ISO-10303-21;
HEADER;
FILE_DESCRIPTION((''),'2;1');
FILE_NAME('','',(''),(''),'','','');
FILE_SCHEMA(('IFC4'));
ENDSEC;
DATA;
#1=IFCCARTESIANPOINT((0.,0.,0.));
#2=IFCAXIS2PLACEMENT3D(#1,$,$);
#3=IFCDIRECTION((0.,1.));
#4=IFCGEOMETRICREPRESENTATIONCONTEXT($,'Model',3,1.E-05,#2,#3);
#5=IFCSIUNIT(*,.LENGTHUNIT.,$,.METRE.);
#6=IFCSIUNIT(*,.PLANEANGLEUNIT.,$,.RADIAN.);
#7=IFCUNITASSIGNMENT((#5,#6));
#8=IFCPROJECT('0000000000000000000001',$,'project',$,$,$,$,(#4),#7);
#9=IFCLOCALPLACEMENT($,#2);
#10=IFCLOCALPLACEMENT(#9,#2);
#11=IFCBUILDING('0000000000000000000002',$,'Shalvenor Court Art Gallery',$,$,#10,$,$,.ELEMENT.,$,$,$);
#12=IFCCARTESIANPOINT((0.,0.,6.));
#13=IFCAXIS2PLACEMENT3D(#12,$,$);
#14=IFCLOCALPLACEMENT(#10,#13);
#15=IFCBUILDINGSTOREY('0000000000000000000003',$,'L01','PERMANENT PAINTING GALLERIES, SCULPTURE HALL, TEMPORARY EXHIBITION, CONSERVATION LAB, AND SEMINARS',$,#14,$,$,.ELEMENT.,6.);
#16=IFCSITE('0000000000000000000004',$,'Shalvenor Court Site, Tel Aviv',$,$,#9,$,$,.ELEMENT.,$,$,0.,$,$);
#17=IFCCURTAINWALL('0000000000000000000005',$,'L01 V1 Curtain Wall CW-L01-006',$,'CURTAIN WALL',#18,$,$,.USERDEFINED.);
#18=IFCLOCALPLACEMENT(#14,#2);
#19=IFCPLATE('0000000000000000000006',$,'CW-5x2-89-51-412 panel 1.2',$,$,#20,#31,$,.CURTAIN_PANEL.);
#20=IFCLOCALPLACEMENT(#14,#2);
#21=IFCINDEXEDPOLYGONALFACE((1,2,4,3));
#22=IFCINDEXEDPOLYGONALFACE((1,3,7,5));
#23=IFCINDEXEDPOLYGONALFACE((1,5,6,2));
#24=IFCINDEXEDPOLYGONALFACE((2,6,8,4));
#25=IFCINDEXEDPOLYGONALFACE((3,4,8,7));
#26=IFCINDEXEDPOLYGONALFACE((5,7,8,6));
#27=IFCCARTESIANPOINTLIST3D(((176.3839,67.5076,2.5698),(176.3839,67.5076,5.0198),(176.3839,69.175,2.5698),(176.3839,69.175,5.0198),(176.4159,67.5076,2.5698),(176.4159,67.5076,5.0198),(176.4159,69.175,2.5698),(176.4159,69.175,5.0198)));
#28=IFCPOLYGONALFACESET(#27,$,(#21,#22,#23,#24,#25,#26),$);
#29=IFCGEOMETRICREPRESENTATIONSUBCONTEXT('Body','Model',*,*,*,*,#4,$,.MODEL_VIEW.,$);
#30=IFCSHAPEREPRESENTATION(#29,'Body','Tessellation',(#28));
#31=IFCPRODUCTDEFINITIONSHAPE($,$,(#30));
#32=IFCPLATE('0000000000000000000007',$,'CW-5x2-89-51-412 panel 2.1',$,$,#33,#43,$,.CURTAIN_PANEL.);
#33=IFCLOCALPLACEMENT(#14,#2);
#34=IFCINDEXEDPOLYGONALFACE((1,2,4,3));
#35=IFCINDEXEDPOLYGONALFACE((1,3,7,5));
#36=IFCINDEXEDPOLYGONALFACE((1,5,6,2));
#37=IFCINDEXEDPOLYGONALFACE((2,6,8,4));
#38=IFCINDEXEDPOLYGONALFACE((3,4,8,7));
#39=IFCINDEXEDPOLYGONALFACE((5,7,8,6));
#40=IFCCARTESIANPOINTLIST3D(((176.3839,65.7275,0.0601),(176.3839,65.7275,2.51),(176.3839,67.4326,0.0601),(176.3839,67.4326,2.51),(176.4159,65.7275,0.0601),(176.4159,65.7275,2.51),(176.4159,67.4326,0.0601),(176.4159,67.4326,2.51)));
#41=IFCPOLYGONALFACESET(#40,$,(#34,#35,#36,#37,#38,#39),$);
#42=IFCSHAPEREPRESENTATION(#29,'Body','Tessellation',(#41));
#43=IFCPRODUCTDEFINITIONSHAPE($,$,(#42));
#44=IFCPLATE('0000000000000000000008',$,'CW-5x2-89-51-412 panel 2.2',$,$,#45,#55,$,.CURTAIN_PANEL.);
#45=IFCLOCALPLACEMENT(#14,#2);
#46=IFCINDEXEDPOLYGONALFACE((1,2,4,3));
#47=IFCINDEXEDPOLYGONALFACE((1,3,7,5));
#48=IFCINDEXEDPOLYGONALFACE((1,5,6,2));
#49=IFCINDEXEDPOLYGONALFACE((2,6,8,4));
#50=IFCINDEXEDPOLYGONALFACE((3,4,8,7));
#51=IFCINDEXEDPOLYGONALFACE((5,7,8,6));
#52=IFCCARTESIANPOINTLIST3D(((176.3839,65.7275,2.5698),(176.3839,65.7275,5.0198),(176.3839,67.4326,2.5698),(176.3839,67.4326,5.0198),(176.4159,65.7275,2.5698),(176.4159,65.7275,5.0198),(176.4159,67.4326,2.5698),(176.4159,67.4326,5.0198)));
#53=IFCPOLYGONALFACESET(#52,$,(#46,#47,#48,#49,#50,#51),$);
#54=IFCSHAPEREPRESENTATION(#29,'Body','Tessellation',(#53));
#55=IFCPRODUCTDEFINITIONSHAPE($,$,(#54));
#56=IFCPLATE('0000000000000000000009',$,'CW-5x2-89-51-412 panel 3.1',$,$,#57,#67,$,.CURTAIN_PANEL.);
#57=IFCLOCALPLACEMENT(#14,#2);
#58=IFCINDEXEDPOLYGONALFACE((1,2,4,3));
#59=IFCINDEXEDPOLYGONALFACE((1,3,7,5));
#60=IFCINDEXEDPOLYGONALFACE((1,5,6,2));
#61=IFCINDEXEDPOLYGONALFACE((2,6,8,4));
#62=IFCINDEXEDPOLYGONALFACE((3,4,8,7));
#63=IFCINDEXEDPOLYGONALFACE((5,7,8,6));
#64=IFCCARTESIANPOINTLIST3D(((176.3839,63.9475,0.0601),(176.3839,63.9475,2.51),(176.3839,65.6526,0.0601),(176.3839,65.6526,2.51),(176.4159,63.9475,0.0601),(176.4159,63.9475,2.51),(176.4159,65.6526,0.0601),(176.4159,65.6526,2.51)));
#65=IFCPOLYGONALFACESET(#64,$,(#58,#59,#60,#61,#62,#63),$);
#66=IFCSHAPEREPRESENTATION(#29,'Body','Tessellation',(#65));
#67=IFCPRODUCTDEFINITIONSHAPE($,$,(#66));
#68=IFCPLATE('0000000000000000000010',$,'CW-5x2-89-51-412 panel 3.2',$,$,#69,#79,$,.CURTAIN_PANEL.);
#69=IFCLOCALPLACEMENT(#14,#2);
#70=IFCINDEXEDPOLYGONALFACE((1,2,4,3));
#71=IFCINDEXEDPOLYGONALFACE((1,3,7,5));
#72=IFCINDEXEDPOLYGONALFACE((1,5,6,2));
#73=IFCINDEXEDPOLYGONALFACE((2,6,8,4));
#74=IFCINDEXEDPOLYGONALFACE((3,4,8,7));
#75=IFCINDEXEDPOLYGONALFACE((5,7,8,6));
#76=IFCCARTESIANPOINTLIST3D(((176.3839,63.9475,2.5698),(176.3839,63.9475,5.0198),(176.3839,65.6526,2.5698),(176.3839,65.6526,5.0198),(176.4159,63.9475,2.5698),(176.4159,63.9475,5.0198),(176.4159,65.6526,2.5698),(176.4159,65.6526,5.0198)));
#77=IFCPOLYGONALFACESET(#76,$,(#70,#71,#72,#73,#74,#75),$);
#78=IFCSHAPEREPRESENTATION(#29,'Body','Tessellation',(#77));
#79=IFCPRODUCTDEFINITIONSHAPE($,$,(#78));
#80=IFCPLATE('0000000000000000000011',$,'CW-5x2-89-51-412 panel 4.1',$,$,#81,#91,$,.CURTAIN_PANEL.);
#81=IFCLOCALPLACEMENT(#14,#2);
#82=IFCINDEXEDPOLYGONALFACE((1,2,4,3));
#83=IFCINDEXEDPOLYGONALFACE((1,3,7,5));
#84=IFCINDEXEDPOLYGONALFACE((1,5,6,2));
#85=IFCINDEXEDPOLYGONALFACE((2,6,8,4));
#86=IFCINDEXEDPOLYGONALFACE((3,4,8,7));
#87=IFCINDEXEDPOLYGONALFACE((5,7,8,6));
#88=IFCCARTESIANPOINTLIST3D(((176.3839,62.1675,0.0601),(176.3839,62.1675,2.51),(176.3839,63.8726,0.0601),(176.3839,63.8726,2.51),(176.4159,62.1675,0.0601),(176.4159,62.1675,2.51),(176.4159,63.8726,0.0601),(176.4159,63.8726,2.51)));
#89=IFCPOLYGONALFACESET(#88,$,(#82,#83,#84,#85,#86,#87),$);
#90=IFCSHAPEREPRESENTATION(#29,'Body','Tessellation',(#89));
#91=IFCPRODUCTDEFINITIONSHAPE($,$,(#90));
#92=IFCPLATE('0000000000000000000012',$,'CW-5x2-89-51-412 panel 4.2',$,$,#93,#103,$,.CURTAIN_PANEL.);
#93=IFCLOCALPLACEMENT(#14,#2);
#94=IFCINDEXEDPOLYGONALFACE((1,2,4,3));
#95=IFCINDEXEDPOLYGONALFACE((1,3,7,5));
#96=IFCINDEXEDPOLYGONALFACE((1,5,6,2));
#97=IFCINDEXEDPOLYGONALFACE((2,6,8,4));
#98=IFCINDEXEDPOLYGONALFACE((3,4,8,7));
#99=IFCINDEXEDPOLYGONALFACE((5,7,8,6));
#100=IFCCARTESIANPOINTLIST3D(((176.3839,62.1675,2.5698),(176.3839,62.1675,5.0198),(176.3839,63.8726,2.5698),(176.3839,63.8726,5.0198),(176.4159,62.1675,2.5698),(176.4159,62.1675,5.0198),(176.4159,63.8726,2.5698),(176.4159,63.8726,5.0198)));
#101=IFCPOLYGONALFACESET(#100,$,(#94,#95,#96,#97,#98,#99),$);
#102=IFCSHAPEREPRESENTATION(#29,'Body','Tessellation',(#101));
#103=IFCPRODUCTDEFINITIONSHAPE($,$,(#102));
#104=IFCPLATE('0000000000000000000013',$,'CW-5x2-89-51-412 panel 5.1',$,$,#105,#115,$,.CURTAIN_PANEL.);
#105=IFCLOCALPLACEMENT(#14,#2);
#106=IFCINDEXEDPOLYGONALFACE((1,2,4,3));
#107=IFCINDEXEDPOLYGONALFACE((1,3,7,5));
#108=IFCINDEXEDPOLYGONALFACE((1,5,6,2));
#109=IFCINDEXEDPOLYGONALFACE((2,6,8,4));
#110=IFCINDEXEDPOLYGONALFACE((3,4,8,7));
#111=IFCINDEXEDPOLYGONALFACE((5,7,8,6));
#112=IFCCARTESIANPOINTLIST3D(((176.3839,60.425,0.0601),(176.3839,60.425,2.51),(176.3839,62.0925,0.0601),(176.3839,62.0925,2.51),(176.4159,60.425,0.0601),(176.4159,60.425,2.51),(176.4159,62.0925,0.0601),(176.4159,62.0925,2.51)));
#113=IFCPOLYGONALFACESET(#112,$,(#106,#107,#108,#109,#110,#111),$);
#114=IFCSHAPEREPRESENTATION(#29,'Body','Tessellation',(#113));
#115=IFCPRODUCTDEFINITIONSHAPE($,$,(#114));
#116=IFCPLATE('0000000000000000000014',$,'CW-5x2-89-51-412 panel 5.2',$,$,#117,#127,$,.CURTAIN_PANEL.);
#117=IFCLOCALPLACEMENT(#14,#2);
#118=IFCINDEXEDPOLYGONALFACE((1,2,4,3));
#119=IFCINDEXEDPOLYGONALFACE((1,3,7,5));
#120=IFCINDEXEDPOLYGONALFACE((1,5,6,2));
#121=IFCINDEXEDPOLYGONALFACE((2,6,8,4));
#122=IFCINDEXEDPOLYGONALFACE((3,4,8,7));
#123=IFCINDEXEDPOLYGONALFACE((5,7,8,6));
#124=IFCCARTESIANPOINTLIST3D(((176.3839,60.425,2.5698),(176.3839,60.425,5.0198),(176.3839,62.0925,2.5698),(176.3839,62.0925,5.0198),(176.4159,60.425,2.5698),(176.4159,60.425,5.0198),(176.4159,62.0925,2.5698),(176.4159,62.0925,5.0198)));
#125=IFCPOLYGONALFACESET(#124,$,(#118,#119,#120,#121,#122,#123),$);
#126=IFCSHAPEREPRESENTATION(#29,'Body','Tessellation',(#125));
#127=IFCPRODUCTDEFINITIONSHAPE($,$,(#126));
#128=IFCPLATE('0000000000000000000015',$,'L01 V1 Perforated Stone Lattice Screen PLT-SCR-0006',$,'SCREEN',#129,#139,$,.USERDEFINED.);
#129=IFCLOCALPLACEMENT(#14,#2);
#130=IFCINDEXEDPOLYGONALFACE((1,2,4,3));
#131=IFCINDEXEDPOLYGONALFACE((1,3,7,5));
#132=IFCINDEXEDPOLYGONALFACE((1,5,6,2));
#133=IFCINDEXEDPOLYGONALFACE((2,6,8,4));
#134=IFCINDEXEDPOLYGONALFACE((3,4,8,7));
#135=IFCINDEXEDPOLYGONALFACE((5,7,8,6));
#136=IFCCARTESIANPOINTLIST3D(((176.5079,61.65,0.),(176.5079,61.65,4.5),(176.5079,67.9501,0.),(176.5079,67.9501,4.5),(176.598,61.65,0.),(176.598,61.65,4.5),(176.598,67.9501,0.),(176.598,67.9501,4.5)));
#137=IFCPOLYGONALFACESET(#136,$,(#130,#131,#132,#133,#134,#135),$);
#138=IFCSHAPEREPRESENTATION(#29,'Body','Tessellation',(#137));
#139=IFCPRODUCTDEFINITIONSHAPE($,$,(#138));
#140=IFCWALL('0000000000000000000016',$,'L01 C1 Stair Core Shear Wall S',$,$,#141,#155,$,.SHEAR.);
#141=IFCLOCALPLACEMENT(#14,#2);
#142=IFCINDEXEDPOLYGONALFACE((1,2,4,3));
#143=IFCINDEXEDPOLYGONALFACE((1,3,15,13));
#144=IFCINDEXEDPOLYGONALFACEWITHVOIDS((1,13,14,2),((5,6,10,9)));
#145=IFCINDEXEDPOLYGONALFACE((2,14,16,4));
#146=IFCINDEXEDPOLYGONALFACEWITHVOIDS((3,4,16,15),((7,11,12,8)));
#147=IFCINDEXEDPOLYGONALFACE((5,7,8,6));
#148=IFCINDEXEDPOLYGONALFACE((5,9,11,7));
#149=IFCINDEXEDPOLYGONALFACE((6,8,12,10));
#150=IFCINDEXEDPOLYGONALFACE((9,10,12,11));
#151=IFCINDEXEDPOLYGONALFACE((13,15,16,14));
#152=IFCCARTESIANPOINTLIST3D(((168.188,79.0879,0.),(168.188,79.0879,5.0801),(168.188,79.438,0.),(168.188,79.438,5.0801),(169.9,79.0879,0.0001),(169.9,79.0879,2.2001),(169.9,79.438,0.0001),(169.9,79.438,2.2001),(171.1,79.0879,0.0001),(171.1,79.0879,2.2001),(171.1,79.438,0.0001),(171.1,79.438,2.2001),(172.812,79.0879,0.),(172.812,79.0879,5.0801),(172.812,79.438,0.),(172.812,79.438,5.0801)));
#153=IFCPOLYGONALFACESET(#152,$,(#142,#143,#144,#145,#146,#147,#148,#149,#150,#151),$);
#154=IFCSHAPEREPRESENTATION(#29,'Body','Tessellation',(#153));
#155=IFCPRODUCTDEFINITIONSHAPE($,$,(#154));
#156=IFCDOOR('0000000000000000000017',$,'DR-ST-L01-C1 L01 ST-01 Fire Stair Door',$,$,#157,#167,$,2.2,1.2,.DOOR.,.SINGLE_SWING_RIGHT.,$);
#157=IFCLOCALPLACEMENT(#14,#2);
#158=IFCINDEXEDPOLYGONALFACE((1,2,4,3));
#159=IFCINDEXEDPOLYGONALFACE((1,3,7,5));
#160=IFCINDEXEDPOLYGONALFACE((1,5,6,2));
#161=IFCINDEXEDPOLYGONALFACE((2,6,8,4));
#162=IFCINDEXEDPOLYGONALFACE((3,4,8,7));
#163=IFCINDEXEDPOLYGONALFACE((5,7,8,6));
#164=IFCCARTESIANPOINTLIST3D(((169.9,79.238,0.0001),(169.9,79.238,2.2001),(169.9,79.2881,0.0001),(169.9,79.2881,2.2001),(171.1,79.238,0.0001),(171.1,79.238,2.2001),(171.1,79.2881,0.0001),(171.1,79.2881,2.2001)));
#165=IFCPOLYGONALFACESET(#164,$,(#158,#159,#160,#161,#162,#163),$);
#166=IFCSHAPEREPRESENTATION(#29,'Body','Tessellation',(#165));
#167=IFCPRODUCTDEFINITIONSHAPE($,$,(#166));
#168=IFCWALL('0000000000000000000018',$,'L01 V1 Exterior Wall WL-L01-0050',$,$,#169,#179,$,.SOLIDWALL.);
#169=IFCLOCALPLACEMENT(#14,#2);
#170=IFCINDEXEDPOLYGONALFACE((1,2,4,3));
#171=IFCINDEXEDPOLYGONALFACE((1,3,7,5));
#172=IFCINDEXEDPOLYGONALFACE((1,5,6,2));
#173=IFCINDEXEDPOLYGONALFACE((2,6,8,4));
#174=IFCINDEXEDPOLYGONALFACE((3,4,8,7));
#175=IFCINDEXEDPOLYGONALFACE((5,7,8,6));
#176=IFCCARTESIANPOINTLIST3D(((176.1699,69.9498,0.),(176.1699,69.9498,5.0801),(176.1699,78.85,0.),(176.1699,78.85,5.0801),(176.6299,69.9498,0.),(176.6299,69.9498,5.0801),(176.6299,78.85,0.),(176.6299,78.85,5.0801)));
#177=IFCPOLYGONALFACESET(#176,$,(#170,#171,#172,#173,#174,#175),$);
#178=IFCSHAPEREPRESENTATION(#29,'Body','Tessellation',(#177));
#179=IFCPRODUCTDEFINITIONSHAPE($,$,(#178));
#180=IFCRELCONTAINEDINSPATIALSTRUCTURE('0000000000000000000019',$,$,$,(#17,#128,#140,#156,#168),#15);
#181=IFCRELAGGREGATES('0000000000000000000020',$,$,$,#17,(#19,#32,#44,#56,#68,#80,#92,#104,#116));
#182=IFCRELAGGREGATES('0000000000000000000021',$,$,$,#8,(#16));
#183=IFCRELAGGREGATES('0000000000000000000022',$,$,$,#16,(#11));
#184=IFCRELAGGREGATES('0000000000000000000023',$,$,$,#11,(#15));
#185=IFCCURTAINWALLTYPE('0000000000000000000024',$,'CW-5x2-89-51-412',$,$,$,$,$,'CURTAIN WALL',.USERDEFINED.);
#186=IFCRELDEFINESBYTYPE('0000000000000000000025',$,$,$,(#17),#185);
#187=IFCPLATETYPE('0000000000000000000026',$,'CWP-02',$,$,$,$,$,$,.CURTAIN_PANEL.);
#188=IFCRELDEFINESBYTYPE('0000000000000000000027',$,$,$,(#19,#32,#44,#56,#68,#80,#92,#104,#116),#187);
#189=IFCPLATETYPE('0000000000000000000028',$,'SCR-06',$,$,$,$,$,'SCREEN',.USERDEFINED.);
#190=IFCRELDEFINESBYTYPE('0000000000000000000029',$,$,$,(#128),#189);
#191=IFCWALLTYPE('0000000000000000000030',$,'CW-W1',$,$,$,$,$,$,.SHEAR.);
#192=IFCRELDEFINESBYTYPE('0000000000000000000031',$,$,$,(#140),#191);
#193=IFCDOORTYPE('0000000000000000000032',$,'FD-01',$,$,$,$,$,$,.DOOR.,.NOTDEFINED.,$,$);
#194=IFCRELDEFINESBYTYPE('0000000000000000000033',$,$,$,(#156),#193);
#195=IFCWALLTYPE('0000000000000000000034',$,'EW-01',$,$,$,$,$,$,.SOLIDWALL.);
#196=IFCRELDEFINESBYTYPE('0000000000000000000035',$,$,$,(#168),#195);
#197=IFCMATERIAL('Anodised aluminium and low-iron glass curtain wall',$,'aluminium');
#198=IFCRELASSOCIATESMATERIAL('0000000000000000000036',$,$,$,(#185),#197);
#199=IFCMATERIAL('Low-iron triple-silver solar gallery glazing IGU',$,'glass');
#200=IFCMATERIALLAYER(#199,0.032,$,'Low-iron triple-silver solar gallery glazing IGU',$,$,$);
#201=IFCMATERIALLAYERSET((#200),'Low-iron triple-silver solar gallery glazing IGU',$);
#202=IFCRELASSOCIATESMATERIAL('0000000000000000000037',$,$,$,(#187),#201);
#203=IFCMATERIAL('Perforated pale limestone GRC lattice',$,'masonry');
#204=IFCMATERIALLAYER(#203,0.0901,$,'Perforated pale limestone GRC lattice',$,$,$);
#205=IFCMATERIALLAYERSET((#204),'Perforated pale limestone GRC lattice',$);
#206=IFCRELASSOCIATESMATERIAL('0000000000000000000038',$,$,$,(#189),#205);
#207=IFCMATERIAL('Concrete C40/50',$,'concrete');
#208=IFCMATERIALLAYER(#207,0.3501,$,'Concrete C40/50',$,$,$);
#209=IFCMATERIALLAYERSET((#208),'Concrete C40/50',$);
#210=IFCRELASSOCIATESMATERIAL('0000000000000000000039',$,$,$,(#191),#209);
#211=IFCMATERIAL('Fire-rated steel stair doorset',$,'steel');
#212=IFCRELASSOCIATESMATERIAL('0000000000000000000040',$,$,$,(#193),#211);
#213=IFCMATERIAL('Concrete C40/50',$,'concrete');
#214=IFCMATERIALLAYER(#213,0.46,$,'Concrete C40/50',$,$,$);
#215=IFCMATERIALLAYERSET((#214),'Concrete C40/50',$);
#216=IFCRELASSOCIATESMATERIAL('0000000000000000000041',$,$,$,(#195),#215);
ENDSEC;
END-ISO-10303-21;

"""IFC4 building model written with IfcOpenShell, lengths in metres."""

from ifc_helpers import new_model, si_unit, direction, frame, frame_2d, origin, origin_2d, place, context, subcontext, project, spatial, rectangle, extrude, material, layer, layer_set, type_object, element, fill, aggregate, save


model = new_model("IFC4")

# Units and contexts
model_context = context("Model", 3, precision=1e-05, world=origin(), true_north=direction((0.0, 1.0)))
body_context = subcontext(model_context, "Body", "Model", "MODEL_VIEW")
ifc_project = project(units=[si_unit("LENGTHUNIT", "METRE"), si_unit("PLANEANGLEUNIT", "RADIAN")], contexts=[model_context])

# Site, building, storey
site_placement = place(None, origin())
site = spatial("IfcSite", under=ifc_project, at=site_placement, Name="Shalvenor Court Site, Tel Aviv", CompositionType="ELEMENT", RefElevation=0.0)
building_placement = place(site_placement, origin())
building = spatial("IfcBuilding", under=site, at=building_placement, Name="Shalvenor Court Art Gallery", CompositionType="ELEMENT")
storey_placement = place(building_placement, frame((0.0, 0.0, 6.0)))
storey = spatial("IfcBuildingStorey", under=building, at=storey_placement, Name="L01", Description="PERMANENT PAINTING GALLERIES, SCULPTURE HALL, TEMPORARY EXHIBITION, CONSERVATION LAB, AND SEMINARS", CompositionType="ELEMENT", Elevation=6.0)

# Curtain wall, plates
ifc_material_1 = material(Name="Anodised aluminium and low-iron glass curtain wall", Category="aluminium")
curtain_wall_type = type_object("IfcCurtainWallType", Name="CW-5x2-89-51-412", ElementType="CURTAIN WALL", PredefinedType="USERDEFINED", material=ifc_material_1)
curtain_wall_placement = place(storey_placement, origin())
curtain_wall = element("IfcCurtainWall", 1, at=curtain_wall_placement, inside=storey, type_object=curtain_wall_type, Name="L01 V1 Curtain Wall CW-L01-006", ObjectType="CURTAIN WALL", PredefinedType="USERDEFINED")
ifc_material_2 = material(Name="Low-iron triple-silver solar gallery glazing IGU", Category="glass")
ifc_layer_1 = layer(ifc_material_2, 0.032, Name="Low-iron triple-silver solar gallery glazing IGU")
ifc_layer_set_1 = layer_set([ifc_layer_1], Name="Low-iron triple-silver solar gallery glazing IGU")
plate_type_1 = type_object("IfcPlateType", Name="CWP-02", PredefinedType="CURTAIN_PANEL", material=ifc_layer_set_1)
plate_1_placement = place(storey_placement, frame((176.3999, 68.3413, 2.5698), z_axis=(0.0, 0.0, 1.0), x_axis=(0.0, -1.0, 0.0)))
plate_1 = element("IfcPlate", 2, at=plate_1_placement, type_object=plate_type_1, Name="CW-5x2-89-51-412 panel 1.2", PredefinedType="CURTAIN_PANEL", context=body_context, shape_type="SweptSolid", body=[
    extrude(rectangle(XDim=1.6675, YDim=0.032, at=origin_2d()), origin(), (0.0, 0.0, 1.0), 2.45),
])
plate_2_placement = place(storey_placement, frame((176.3999, 66.5801, 0.0601), z_axis=(0.0, 0.0, 1.0), x_axis=(0.0, -1.0, 0.0)))
plate_2 = element("IfcPlate", 3, at=plate_2_placement, type_object=plate_type_1, Name="CW-5x2-89-51-412 panel 2.1", PredefinedType="CURTAIN_PANEL", context=body_context, shape_type="SweptSolid", body=[
    extrude(rectangle(XDim=1.7051, YDim=0.032, at=origin_2d()), origin(), (0.0, 0.0, 1.0), 2.45),
])
plate_3_placement = place(storey_placement, frame((176.3999, 66.5801, 2.5698), z_axis=(0.0, 0.0, 1.0), x_axis=(0.0, -1.0, 0.0)))
plate_3 = element("IfcPlate", 4, at=plate_3_placement, type_object=plate_type_1, Name="CW-5x2-89-51-412 panel 2.2", PredefinedType="CURTAIN_PANEL", context=body_context, shape_type="SweptSolid", body=[
    extrude(rectangle(XDim=1.7051, YDim=0.032, at=origin_2d()), origin(), (0.0, 0.0, 1.0), 2.45),
])
plate_4_placement = place(storey_placement, frame((176.3999, 64.8, 0.0601), z_axis=(0.0, 0.0, 1.0), x_axis=(0.0, -1.0, 0.0)))
plate_4 = element("IfcPlate", 5, at=plate_4_placement, type_object=plate_type_1, Name="CW-5x2-89-51-412 panel 3.1", PredefinedType="CURTAIN_PANEL", context=body_context, shape_type="SweptSolid", body=[
    extrude(rectangle(XDim=1.7051, YDim=0.032, at=origin_2d()), origin(), (0.0, 0.0, 1.0), 2.45),
])
plate_5_placement = place(storey_placement, frame((176.3999, 64.8, 2.5698), z_axis=(0.0, 0.0, 1.0), x_axis=(0.0, -1.0, 0.0)))
plate_5 = element("IfcPlate", 6, at=plate_5_placement, type_object=plate_type_1, Name="CW-5x2-89-51-412 panel 3.2", PredefinedType="CURTAIN_PANEL", context=body_context, shape_type="SweptSolid", body=[
    extrude(rectangle(XDim=1.7051, YDim=0.032, at=origin_2d()), origin(), (0.0, 0.0, 1.0), 2.45),
])
plate_6_placement = place(storey_placement, frame((176.3999, 63.02, 0.0601), z_axis=(0.0, 0.0, 1.0), x_axis=(0.0, -1.0, 0.0)))
plate_6 = element("IfcPlate", 7, at=plate_6_placement, type_object=plate_type_1, Name="CW-5x2-89-51-412 panel 4.1", PredefinedType="CURTAIN_PANEL", context=body_context, shape_type="SweptSolid", body=[
    extrude(rectangle(XDim=1.7051, YDim=0.032, at=origin_2d()), origin(), (0.0, 0.0, 1.0), 2.45),
])
plate_7_placement = place(storey_placement, frame((176.3999, 63.02, 2.5698), z_axis=(0.0, 0.0, 1.0), x_axis=(0.0, -1.0, 0.0)))
plate_7 = element("IfcPlate", 8, at=plate_7_placement, type_object=plate_type_1, Name="CW-5x2-89-51-412 panel 4.2", PredefinedType="CURTAIN_PANEL", context=body_context, shape_type="SweptSolid", body=[
    extrude(rectangle(XDim=1.7051, YDim=0.032, at=origin_2d()), origin(), (0.0, 0.0, 1.0), 2.45),
])
plate_8_placement = place(storey_placement, frame((176.3999, 61.2588, 0.0601), z_axis=(0.0, 0.0, 1.0), x_axis=(0.0, -1.0, 0.0)))
plate_8 = element("IfcPlate", 9, at=plate_8_placement, type_object=plate_type_1, Name="CW-5x2-89-51-412 panel 5.1", PredefinedType="CURTAIN_PANEL", context=body_context, shape_type="SweptSolid", body=[
    extrude(rectangle(XDim=1.6675, YDim=0.032, at=origin_2d()), origin(), (0.0, 0.0, 1.0), 2.45),
])
plate_9_placement = place(storey_placement, frame((176.3999, 61.2588, 2.5698), z_axis=(0.0, 0.0, 1.0), x_axis=(0.0, -1.0, 0.0)))
plate_9 = element("IfcPlate", 10, at=plate_9_placement, type_object=plate_type_1, Name="CW-5x2-89-51-412 panel 5.2", PredefinedType="CURTAIN_PANEL", context=body_context, shape_type="SweptSolid", body=[
    extrude(rectangle(XDim=1.6675, YDim=0.032, at=origin_2d()), origin(), (0.0, 0.0, 1.0), 2.45),
])
aggregate(curtain_wall, [plate_1, plate_2, plate_3, plate_4, plate_5, plate_6, plate_7, plate_8, plate_9])

# Plate
ifc_material_3 = material(Name="Perforated pale limestone GRC lattice", Category="masonry")
ifc_layer_2 = layer(ifc_material_3, 0.0901, Name="Perforated pale limestone GRC lattice")
ifc_layer_set_2 = layer_set([ifc_layer_2], Name="Perforated pale limestone GRC lattice")
plate_type_2 = type_object("IfcPlateType", Name="SCR-06", ElementType="SCREEN", PredefinedType="USERDEFINED", material=ifc_layer_set_2)
plate_10_placement = place(storey_placement, frame((176.553, 64.8, 0.0), z_axis=(0.0, 0.0, 1.0), x_axis=(0.0, -1.0, 0.0)))
element("IfcPlate", 11, at=plate_10_placement, inside=storey, type_object=plate_type_2, Name="L01 V1 Perforated Stone Lattice Screen PLT-SCR-0006", ObjectType="SCREEN", PredefinedType="USERDEFINED", context=body_context, shape_type="SweptSolid", body=[
    extrude(rectangle(XDim=6.3, YDim=0.0901, at=origin_2d()), origin(), (0.0, 0.0, 1.0), 4.5),
])

# Wall, opening, door
ifc_material_4 = material(Name="Concrete C40/50", Category="concrete")
ifc_layer_3 = layer(ifc_material_4, 0.3501, Name="Concrete C40/50")
ifc_layer_set_3 = layer_set([ifc_layer_3], Name="Concrete C40/50")
wall_type_1 = type_object("IfcWallType", Name="CW-W1", PredefinedType="SHEAR", material=ifc_layer_set_3)
wall_1_placement = place(storey_placement, frame((172.812, 79.2629, 0.0), z_axis=(0.0, 0.0, 1.0), x_axis=(-1.0, 0.0, 0.0)))
wall_1 = element("IfcWall", 12, at=wall_1_placement, inside=storey, type_object=wall_type_1, Name="L01 C1 Stair Core Shear Wall S", PredefinedType="SHEAR", context=body_context, shape_type="SweptSolid", body=[
    extrude(rectangle(XDim=4.624, YDim=0.3501, at=frame_2d((2.312, 0.0))), origin(), (0.0, 0.0, 1.0), 5.0801),
])
opening_placement = place(wall_1_placement, frame((1.7119, 0.0, 0.0)))
opening = element("IfcOpeningElement", 13, at=opening_placement, cuts=wall_1, PredefinedType="OPENING", context=body_context, shape_type="SweptSolid", body=[
    extrude(rectangle(XDim=1.2, YDim=2.2, at=frame_2d((0.6001, 1.1001))), frame((0.0, 0.1851, 0.0), z_axis=(0.0, -1.0, 0.0), x_axis=(1.0, 0.0, 0.0)), (0.0, 0.0, 1.0), 0.3701),
])
ifc_material_5 = material(Name="Fire-rated steel stair doorset", Category="steel")
door_type = type_object("IfcDoorType", Name="FD-01", OperationType="NOTDEFINED", PredefinedType="DOOR", material=ifc_material_5)
door_placement = place(opening_placement, origin())
door = element("IfcDoor", 14, at=door_placement, inside=storey, type_object=door_type, Name="DR-ST-L01-C1 L01 ST-01 Fire Stair Door", OperationType="SINGLE_SWING_RIGHT", OverallHeight=2.2, OverallWidth=1.2, PredefinedType="DOOR", context=body_context, shape_type="SweptSolid", body=[
    extrude(rectangle(XDim=1.2, YDim=2.2, at=frame_2d((0.6001, 1.1001))), frame((0.0, 0.0249, 0.0), z_axis=(0.0, -1.0, 0.0), x_axis=(1.0, 0.0, 0.0)), (0.0, 0.0, 1.0), 0.05),
])
fill(opening, door)

# Wall
ifc_material_6 = material(Name="Concrete C40/50", Category="concrete")
ifc_layer_4 = layer(ifc_material_6, 0.46, Name="Concrete C40/50")
ifc_layer_set_4 = layer_set([ifc_layer_4], Name="Concrete C40/50")
wall_type_2 = type_object("IfcWallType", Name="EW-01", PredefinedType="SOLIDWALL", material=ifc_layer_set_4)
wall_2_placement = place(storey_placement, frame((176.3999, 78.8501, 0.0), z_axis=(0.0, 0.0, 1.0), x_axis=(0.0, -1.0, 0.0)))
element("IfcWall", 15, at=wall_2_placement, inside=storey, type_object=wall_type_2, Name="L01 V1 Exterior Wall WL-L01-0050", PredefinedType="SOLIDWALL", context=body_context, shape_type="SweptSolid", body=[
    extrude(rectangle(XDim=8.9001, YDim=0.46, at=frame_2d((4.4502, 0.0))), origin(), (0.0, 0.0, 1.0), 5.0801),
])

save(model, "model.ifc")
